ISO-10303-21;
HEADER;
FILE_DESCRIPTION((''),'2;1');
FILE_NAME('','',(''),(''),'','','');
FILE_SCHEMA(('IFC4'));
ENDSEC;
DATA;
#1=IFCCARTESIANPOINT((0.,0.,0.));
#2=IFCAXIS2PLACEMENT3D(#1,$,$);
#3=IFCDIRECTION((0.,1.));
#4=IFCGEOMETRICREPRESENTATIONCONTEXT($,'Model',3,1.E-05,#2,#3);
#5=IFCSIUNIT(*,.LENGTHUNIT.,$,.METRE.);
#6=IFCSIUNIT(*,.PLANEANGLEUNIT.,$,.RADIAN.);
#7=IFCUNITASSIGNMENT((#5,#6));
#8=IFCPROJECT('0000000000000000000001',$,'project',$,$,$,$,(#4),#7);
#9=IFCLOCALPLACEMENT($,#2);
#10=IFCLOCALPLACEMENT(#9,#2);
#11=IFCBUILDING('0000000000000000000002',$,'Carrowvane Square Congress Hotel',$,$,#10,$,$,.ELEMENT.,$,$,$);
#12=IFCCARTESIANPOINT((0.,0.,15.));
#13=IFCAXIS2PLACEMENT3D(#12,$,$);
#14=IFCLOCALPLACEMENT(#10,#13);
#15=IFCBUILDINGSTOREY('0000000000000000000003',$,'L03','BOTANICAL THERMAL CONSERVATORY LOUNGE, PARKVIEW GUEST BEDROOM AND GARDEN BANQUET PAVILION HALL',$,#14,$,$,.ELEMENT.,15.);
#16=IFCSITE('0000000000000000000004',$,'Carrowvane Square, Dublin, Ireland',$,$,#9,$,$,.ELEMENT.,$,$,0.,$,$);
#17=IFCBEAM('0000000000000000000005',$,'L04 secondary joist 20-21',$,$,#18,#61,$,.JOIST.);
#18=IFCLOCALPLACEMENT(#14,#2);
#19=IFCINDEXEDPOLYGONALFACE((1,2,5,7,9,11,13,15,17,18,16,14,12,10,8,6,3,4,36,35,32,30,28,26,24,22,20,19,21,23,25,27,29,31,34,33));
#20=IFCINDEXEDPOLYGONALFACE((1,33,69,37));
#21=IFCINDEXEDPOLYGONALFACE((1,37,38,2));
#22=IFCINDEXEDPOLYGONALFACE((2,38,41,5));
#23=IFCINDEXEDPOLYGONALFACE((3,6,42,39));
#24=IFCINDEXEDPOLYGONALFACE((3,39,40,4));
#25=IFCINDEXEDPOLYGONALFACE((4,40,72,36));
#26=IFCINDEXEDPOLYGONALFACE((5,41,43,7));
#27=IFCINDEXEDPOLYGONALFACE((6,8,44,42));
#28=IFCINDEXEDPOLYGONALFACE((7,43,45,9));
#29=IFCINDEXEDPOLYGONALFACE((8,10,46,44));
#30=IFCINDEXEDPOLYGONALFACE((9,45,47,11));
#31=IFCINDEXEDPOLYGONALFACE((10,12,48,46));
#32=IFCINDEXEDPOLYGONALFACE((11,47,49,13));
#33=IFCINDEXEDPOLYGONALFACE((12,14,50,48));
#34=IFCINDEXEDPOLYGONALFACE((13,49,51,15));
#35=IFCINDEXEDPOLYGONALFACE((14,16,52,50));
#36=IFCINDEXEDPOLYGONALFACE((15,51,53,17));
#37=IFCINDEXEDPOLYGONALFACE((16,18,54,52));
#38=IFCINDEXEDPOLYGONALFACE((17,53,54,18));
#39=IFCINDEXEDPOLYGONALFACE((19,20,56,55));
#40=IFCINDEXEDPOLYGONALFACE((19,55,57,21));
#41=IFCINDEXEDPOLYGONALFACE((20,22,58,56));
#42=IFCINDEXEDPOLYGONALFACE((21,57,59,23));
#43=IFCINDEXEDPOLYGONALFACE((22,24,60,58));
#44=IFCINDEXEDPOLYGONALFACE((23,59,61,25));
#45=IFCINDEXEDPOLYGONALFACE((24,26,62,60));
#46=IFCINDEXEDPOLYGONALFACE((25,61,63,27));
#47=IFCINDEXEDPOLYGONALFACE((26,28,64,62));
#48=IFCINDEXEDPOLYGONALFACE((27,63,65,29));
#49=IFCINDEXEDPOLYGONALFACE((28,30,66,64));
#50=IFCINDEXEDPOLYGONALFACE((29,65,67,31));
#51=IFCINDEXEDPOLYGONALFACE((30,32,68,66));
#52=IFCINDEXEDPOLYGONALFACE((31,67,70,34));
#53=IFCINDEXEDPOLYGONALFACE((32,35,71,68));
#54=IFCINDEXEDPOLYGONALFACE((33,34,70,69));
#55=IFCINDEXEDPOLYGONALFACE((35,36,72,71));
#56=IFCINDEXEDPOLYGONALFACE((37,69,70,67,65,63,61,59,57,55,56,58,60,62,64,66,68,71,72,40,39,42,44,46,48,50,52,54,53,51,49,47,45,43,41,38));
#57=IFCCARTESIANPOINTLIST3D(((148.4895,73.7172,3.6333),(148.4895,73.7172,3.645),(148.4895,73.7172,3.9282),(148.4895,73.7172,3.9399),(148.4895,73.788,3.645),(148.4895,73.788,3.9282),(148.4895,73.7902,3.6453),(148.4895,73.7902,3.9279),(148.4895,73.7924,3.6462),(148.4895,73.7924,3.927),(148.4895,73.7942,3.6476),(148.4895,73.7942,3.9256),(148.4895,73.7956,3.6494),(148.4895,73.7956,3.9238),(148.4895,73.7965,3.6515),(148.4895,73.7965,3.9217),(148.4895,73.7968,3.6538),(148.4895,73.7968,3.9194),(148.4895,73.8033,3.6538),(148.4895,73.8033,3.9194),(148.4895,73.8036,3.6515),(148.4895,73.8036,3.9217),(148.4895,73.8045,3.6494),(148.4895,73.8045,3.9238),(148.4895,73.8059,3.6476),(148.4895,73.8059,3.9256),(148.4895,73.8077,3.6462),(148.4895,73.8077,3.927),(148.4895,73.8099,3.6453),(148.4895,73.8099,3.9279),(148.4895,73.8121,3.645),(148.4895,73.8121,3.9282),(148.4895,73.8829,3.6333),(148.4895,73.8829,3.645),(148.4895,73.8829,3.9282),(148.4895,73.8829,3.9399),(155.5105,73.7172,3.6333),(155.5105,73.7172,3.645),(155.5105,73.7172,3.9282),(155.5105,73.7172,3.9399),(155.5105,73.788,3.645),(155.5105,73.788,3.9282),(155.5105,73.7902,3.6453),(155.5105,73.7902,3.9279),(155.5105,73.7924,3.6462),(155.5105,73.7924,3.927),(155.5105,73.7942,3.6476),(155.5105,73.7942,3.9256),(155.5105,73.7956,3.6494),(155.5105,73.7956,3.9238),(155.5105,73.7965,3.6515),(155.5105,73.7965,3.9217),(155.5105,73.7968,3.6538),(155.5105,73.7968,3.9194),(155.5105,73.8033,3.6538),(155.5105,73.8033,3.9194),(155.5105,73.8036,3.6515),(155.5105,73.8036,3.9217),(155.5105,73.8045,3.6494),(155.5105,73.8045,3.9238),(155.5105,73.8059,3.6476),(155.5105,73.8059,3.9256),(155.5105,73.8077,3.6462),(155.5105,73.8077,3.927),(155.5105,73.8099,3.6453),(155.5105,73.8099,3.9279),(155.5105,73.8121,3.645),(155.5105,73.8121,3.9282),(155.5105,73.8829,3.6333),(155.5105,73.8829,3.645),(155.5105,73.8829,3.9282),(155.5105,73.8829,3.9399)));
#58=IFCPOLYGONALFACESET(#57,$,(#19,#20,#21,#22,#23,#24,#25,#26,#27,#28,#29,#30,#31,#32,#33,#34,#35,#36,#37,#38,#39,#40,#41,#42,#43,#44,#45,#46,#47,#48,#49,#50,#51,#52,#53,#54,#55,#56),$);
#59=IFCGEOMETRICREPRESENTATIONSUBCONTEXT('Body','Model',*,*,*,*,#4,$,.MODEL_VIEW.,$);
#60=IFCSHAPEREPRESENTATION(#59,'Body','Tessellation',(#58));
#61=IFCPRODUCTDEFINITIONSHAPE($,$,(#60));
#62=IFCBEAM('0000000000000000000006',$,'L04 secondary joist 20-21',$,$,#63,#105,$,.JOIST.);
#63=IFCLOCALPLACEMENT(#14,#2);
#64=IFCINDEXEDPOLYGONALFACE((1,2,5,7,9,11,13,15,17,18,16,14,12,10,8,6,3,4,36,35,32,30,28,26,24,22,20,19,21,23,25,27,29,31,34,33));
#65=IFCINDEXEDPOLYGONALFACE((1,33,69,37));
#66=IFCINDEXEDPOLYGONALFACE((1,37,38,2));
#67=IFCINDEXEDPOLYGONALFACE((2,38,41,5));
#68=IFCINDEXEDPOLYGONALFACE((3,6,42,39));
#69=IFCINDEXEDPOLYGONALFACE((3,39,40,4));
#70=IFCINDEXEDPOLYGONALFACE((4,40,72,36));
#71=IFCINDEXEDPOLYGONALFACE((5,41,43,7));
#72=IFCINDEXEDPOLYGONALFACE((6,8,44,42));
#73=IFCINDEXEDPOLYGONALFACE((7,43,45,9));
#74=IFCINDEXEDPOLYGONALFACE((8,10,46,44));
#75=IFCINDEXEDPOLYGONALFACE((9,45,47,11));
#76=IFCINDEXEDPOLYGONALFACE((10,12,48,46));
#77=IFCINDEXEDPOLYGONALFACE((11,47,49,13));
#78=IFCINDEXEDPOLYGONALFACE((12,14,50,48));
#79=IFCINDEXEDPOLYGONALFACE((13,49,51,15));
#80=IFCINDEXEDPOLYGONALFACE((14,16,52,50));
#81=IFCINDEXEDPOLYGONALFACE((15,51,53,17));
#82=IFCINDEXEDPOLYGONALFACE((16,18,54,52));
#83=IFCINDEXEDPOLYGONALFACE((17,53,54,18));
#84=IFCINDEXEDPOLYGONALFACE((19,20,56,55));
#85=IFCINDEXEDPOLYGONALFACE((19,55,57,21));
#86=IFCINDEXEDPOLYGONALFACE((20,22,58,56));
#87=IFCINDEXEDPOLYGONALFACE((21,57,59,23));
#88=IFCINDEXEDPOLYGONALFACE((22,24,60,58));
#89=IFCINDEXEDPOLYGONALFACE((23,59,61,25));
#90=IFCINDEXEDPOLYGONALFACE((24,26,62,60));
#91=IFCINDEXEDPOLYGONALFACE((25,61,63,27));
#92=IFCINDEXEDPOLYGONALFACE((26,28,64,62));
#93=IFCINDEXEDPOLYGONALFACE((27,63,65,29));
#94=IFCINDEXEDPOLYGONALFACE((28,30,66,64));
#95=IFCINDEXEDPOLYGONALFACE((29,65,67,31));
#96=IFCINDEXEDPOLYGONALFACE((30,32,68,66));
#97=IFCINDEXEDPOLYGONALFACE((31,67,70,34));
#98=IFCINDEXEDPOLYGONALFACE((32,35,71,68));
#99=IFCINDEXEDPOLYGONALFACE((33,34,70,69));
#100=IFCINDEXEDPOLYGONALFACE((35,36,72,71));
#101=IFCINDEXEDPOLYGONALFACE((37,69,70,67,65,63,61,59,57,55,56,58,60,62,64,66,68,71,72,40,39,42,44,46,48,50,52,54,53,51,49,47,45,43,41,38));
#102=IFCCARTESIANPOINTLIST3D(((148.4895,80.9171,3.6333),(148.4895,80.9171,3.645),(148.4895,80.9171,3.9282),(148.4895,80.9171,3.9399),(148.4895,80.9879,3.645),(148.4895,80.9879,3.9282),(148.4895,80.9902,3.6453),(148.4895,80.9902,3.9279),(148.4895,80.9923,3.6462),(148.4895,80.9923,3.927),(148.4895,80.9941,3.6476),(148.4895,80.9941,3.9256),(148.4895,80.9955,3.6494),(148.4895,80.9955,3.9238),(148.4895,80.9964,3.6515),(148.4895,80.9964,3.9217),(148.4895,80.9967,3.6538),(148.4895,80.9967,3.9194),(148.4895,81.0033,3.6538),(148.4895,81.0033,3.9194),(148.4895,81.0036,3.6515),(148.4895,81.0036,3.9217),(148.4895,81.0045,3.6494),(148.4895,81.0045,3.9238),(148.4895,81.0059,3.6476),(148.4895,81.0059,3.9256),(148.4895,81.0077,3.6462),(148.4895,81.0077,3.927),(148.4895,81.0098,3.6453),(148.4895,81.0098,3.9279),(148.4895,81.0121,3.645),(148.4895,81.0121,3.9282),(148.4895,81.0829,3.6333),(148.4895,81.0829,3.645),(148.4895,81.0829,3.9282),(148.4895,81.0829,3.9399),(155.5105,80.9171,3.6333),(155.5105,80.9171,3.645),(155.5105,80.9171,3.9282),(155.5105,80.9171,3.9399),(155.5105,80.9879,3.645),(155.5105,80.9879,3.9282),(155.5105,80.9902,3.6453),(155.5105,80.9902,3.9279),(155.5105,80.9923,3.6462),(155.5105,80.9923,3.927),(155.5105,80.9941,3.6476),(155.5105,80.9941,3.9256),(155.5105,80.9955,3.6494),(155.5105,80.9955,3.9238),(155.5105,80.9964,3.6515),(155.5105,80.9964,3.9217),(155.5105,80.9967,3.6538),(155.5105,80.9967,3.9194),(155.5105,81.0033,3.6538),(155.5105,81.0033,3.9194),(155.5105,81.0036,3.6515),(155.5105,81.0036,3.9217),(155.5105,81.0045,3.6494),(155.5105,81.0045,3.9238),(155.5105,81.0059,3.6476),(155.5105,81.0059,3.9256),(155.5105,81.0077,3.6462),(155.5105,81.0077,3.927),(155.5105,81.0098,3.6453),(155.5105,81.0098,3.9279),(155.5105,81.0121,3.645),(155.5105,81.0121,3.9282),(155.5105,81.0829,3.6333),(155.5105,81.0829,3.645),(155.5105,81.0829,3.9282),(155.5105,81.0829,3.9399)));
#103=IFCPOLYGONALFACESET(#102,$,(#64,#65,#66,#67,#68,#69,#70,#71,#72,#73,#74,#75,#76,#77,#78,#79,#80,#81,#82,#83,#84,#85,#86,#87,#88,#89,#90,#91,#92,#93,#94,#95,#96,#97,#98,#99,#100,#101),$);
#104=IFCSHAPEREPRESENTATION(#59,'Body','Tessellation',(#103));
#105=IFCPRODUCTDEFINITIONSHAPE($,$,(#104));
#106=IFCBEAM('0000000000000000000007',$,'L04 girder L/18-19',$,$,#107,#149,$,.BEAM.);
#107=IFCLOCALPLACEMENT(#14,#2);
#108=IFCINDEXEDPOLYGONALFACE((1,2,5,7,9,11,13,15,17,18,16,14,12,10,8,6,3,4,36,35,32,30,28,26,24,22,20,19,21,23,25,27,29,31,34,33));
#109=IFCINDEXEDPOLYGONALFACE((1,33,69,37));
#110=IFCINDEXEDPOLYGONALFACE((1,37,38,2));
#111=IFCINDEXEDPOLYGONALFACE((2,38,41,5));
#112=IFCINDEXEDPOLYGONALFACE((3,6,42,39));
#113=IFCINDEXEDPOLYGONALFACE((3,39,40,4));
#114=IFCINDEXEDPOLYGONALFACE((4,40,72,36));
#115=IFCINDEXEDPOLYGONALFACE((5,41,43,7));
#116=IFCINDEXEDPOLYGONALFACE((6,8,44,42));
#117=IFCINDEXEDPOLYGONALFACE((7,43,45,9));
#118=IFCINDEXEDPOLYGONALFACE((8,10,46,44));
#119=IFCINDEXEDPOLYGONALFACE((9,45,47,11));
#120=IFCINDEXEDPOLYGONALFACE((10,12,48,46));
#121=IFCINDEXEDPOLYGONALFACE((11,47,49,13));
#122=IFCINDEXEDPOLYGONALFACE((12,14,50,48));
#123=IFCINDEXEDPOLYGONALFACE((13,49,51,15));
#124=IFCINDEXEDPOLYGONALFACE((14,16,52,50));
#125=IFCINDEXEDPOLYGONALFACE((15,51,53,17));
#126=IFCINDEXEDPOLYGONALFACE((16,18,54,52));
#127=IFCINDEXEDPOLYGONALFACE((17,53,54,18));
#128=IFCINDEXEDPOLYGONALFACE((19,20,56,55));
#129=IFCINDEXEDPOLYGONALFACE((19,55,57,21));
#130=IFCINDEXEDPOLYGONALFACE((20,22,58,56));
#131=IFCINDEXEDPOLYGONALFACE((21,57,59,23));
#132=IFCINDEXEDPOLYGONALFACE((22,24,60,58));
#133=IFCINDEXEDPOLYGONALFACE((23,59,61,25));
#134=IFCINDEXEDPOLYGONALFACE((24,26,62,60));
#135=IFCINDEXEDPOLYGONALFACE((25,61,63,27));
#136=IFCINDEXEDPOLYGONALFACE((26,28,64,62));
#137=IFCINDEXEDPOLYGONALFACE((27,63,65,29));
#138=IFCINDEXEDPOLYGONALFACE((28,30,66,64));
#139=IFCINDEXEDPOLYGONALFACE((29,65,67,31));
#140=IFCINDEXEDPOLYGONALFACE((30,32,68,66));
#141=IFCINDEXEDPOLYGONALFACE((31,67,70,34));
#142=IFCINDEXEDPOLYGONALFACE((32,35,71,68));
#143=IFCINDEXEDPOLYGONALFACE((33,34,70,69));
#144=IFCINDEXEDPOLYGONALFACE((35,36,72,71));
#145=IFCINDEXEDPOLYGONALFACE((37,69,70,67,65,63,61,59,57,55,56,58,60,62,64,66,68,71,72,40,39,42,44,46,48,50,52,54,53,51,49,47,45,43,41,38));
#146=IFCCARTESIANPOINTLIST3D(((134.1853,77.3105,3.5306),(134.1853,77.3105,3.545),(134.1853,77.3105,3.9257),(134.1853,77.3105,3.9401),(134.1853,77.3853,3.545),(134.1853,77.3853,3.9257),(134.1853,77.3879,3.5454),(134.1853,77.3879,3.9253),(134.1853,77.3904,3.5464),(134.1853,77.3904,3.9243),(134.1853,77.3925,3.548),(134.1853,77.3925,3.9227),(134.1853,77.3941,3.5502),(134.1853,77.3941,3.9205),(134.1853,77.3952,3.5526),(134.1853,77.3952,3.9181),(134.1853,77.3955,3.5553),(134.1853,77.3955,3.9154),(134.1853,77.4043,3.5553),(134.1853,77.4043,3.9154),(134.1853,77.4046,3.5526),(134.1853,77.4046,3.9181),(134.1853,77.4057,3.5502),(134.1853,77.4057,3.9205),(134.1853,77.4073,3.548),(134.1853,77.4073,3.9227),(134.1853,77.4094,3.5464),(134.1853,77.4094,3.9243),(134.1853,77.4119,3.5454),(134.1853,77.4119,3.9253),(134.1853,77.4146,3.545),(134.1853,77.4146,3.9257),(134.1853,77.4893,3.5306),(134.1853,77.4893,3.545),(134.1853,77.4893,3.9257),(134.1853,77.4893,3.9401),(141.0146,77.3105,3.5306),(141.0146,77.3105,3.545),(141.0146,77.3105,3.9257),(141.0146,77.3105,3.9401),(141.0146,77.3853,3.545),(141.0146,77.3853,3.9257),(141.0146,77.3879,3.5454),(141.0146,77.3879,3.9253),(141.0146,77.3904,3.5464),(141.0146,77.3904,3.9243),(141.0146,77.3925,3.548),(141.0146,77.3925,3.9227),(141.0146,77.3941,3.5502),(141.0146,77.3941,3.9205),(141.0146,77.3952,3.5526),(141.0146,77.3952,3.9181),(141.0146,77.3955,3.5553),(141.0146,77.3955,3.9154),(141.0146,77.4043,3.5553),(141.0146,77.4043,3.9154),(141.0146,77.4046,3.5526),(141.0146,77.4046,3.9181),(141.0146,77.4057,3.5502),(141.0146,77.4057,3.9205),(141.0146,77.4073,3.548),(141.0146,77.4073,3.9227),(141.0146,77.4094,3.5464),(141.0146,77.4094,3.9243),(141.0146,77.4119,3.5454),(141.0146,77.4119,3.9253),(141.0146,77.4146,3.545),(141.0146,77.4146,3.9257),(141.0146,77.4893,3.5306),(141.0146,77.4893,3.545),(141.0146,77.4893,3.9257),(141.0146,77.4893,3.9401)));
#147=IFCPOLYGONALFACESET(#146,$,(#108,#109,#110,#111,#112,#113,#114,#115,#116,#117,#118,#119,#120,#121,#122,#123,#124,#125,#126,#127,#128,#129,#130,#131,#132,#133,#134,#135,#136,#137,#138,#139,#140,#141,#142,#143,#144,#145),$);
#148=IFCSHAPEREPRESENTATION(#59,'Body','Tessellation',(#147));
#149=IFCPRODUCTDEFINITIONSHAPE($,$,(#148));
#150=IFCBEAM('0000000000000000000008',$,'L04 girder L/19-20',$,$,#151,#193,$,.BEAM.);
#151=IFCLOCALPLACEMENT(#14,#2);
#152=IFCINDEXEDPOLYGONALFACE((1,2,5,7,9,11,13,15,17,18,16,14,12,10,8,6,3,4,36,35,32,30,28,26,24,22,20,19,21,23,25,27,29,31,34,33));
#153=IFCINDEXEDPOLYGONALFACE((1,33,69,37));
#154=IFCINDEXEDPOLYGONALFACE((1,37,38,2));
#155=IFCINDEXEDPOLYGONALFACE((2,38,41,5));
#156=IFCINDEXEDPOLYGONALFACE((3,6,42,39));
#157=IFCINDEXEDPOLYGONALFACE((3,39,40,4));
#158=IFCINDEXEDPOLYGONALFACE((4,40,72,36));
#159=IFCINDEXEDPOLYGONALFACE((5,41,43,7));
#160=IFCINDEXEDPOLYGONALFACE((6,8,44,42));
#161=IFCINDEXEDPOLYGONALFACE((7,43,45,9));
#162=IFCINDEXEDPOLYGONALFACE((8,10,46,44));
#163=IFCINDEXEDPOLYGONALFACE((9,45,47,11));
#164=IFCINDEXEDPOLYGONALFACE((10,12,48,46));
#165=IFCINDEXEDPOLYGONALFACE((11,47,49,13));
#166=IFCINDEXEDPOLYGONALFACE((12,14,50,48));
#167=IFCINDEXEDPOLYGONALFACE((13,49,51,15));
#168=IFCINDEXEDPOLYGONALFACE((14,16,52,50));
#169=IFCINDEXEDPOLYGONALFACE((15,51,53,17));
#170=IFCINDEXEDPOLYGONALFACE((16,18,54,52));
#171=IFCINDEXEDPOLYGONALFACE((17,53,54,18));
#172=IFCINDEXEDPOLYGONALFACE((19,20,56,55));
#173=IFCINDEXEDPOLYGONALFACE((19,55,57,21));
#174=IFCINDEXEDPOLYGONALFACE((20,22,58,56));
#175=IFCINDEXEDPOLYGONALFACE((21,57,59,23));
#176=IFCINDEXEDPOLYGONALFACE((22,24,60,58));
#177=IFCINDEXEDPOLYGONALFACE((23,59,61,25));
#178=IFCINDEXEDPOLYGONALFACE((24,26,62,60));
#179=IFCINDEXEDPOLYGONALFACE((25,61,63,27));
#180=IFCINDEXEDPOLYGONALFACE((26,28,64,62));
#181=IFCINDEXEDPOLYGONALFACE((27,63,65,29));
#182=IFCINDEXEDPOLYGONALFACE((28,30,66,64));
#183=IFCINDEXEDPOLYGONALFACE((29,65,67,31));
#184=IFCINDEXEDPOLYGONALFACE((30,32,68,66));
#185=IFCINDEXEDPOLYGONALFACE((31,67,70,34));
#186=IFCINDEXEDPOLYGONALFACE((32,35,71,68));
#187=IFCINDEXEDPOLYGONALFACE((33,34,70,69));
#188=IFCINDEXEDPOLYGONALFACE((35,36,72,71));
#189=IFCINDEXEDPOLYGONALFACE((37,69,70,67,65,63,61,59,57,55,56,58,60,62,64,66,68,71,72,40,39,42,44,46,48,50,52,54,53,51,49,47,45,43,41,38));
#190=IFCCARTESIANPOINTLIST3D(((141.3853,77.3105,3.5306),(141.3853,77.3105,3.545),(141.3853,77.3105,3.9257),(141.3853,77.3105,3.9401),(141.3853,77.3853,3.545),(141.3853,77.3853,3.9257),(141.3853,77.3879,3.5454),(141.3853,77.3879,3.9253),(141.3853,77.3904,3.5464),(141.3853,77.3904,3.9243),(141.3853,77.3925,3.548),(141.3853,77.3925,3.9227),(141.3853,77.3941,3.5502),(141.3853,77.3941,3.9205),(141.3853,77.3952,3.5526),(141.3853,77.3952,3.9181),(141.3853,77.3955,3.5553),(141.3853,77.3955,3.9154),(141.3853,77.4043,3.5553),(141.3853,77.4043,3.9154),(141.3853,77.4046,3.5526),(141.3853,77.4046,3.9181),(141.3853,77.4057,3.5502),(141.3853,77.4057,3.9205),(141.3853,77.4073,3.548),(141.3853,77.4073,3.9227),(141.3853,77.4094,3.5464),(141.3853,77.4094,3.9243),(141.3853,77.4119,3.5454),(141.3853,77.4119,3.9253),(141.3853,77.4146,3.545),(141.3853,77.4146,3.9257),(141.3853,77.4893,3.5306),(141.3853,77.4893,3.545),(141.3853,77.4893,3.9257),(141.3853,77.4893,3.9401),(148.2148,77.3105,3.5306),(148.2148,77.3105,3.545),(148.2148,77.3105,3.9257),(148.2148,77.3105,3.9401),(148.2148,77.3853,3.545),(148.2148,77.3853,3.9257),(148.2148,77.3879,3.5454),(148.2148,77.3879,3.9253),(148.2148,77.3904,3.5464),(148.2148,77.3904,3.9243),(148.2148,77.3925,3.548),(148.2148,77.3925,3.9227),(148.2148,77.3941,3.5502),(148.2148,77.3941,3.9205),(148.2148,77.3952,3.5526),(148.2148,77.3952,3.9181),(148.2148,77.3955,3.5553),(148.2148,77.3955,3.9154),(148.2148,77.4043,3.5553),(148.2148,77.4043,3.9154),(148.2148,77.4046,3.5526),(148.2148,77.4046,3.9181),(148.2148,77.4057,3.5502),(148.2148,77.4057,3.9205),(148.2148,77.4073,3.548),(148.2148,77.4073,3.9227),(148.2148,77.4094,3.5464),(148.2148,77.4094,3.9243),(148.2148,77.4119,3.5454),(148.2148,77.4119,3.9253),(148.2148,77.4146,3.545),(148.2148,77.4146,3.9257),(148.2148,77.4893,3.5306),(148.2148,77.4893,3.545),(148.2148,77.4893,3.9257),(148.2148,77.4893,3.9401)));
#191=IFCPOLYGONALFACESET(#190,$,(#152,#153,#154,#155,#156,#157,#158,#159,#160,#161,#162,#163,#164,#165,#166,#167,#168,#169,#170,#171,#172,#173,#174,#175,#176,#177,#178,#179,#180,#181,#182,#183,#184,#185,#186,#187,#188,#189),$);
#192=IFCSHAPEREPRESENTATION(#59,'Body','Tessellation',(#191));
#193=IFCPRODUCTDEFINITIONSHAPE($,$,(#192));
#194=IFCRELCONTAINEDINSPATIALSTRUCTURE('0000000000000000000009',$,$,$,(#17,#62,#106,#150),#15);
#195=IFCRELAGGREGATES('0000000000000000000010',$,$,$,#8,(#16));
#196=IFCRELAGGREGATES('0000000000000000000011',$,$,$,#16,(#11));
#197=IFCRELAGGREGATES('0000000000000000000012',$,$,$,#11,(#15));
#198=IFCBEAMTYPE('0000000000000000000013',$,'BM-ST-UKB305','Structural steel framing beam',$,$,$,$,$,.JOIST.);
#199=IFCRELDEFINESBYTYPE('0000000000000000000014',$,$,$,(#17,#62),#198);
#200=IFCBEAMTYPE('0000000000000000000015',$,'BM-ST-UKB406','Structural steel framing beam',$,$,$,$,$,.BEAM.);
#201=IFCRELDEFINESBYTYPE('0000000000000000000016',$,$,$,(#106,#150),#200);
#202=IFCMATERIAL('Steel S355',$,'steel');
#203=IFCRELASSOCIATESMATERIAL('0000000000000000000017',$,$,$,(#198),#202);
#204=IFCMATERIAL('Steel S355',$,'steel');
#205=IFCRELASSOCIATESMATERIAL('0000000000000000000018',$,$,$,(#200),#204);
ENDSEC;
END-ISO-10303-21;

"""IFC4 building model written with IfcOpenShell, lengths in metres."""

from ifc_helpers import new_model, si_unit, direction, frame, origin, origin_2d, place, context, subcontext, project, spatial, i_section, extrude, material, material_profile, profile_set, type_object, element, save


model = new_model("IFC4")

# Units and contexts
model_context = context("Model", 3, precision=1e-05, world=origin(), true_north=direction((0.0, 1.0)))
body_context = subcontext(model_context, "Body", "Model", "MODEL_VIEW")
ifc_project = project(units=[si_unit("LENGTHUNIT", "METRE"), si_unit("PLANEANGLEUNIT", "RADIAN")], contexts=[model_context])

# Site, building, storey
site_placement = place(None, origin())
site = spatial("IfcSite", under=ifc_project, at=site_placement, Name="Carrowvane Square, Dublin, Ireland", CompositionType="ELEMENT", RefElevation=0.0)
building_placement = place(site_placement, origin())
building = spatial("IfcBuilding", under=site, at=building_placement, Name="Carrowvane Square Congress Hotel", CompositionType="ELEMENT")
storey_placement = place(building_placement, frame((0.0, 0.0, 15.0)))
storey = spatial("IfcBuildingStorey", under=building, at=storey_placement, Name="L03", Description="BOTANICAL THERMAL CONSERVATORY LOUNGE, PARKVIEW GUEST BEDROOM AND GARDEN BANQUET PAVILION HALL", CompositionType="ELEMENT", Elevation=15.0)

# Beams
ifc_material_1 = material(Name="Steel S355", Category="steel")
ifc_material_profile_1 = material_profile(ifc_material_1, i_section(OverallWidth=0.1658, OverallDepth=0.3066, WebThickness=0.0066, FlangeThickness=0.0117, FilletRadius=0.0088, at=origin_2d()), Name="UKB 305x165x46")
ifc_profile_set_1 = profile_set([ifc_material_profile_1], Name="Steel S355")
beam_type_1 = type_object("IfcBeamType", Name="BM-ST-UKB305", Description="Structural steel framing beam", PredefinedType="JOIST", material=ifc_profile_set_1)
for number, where, z_axis, x_axis, name in (
    (1, (148.4895, 73.8, 3.7866), (1.0, 0.0, 0.0), (0.0, 1.0, 0.0), "L04 secondary joist 20-21"),
    (2, (148.4895, 81.0, 3.7866), (1.0, 0.0, 0.0), (0.0, 1.0, 0.0), "L04 secondary joist 20-21"),
):
    element("IfcBeam", number, at=place(storey_placement, frame(where, z_axis=z_axis, x_axis=x_axis)), inside=storey, type_object=beam_type_1, Name=name, PredefinedType="JOIST", context=body_context, shape_type="SweptSolid", body=[
        extrude(i_section(OverallWidth=0.1658, OverallDepth=0.3066, WebThickness=0.0066, FlangeThickness=0.0117, FilletRadius=0.0088, at=origin_2d()), origin(), (0.0, 0.0, 1.0), 7.021),
    ])
ifc_material_2 = material(Name="Steel S355", Category="steel")
ifc_material_profile_2 = material_profile(ifc_material_2, i_section(OverallWidth=0.1787, OverallDepth=0.4094, WebThickness=0.0088, FlangeThickness=0.0144, FilletRadius=0.0103, at=origin_2d()), Name="UKB 406x178x67")
ifc_profile_set_2 = profile_set([ifc_material_profile_2], Name="Steel S355")
beam_type_2 = type_object("IfcBeamType", Name="BM-ST-UKB406", Description="Structural steel framing beam", PredefinedType="BEAM", material=ifc_profile_set_2)
beam_1_placement = place(storey_placement, frame((134.1853, 77.3999, 3.7354), z_axis=(1.0, 0.0, 0.0), x_axis=(0.0, 1.0, 0.0)))
element("IfcBeam", 3, at=beam_1_placement, inside=storey, type_object=beam_type_2, Name="L04 girder L/18-19", PredefinedType="BEAM", context=body_context, shape_type="SweptSolid", body=[
    extrude(i_section(OverallWidth=0.1787, OverallDepth=0.4094, WebThickness=0.0088, FlangeThickness=0.0144, FilletRadius=0.0103, at=origin_2d()), origin(), (0.0, 0.0, 1.0), 6.8293),
])
for number, where, z_axis, x_axis, name in (
    (4, (141.3853, 77.3999, 3.7354), (1.0, 0.0, 0.0), (0.0, 1.0, 0.0), "L04 girder L/19-20"),
):
    element("IfcBeam", number, at=place(storey_placement, frame(where, z_axis=z_axis, x_axis=x_axis)), inside=storey, type_object=beam_type_2, Name=name, PredefinedType="BEAM", context=body_context, shape_type="SweptSolid", body=[
        extrude(i_section(OverallWidth=0.1787, OverallDepth=0.4094, WebThickness=0.0088, FlangeThickness=0.0144, FilletRadius=0.0103, at=origin_2d()), origin(), (0.0, 0.0, 1.0), 6.8296),
    ])

save(model, "model.ifc")
